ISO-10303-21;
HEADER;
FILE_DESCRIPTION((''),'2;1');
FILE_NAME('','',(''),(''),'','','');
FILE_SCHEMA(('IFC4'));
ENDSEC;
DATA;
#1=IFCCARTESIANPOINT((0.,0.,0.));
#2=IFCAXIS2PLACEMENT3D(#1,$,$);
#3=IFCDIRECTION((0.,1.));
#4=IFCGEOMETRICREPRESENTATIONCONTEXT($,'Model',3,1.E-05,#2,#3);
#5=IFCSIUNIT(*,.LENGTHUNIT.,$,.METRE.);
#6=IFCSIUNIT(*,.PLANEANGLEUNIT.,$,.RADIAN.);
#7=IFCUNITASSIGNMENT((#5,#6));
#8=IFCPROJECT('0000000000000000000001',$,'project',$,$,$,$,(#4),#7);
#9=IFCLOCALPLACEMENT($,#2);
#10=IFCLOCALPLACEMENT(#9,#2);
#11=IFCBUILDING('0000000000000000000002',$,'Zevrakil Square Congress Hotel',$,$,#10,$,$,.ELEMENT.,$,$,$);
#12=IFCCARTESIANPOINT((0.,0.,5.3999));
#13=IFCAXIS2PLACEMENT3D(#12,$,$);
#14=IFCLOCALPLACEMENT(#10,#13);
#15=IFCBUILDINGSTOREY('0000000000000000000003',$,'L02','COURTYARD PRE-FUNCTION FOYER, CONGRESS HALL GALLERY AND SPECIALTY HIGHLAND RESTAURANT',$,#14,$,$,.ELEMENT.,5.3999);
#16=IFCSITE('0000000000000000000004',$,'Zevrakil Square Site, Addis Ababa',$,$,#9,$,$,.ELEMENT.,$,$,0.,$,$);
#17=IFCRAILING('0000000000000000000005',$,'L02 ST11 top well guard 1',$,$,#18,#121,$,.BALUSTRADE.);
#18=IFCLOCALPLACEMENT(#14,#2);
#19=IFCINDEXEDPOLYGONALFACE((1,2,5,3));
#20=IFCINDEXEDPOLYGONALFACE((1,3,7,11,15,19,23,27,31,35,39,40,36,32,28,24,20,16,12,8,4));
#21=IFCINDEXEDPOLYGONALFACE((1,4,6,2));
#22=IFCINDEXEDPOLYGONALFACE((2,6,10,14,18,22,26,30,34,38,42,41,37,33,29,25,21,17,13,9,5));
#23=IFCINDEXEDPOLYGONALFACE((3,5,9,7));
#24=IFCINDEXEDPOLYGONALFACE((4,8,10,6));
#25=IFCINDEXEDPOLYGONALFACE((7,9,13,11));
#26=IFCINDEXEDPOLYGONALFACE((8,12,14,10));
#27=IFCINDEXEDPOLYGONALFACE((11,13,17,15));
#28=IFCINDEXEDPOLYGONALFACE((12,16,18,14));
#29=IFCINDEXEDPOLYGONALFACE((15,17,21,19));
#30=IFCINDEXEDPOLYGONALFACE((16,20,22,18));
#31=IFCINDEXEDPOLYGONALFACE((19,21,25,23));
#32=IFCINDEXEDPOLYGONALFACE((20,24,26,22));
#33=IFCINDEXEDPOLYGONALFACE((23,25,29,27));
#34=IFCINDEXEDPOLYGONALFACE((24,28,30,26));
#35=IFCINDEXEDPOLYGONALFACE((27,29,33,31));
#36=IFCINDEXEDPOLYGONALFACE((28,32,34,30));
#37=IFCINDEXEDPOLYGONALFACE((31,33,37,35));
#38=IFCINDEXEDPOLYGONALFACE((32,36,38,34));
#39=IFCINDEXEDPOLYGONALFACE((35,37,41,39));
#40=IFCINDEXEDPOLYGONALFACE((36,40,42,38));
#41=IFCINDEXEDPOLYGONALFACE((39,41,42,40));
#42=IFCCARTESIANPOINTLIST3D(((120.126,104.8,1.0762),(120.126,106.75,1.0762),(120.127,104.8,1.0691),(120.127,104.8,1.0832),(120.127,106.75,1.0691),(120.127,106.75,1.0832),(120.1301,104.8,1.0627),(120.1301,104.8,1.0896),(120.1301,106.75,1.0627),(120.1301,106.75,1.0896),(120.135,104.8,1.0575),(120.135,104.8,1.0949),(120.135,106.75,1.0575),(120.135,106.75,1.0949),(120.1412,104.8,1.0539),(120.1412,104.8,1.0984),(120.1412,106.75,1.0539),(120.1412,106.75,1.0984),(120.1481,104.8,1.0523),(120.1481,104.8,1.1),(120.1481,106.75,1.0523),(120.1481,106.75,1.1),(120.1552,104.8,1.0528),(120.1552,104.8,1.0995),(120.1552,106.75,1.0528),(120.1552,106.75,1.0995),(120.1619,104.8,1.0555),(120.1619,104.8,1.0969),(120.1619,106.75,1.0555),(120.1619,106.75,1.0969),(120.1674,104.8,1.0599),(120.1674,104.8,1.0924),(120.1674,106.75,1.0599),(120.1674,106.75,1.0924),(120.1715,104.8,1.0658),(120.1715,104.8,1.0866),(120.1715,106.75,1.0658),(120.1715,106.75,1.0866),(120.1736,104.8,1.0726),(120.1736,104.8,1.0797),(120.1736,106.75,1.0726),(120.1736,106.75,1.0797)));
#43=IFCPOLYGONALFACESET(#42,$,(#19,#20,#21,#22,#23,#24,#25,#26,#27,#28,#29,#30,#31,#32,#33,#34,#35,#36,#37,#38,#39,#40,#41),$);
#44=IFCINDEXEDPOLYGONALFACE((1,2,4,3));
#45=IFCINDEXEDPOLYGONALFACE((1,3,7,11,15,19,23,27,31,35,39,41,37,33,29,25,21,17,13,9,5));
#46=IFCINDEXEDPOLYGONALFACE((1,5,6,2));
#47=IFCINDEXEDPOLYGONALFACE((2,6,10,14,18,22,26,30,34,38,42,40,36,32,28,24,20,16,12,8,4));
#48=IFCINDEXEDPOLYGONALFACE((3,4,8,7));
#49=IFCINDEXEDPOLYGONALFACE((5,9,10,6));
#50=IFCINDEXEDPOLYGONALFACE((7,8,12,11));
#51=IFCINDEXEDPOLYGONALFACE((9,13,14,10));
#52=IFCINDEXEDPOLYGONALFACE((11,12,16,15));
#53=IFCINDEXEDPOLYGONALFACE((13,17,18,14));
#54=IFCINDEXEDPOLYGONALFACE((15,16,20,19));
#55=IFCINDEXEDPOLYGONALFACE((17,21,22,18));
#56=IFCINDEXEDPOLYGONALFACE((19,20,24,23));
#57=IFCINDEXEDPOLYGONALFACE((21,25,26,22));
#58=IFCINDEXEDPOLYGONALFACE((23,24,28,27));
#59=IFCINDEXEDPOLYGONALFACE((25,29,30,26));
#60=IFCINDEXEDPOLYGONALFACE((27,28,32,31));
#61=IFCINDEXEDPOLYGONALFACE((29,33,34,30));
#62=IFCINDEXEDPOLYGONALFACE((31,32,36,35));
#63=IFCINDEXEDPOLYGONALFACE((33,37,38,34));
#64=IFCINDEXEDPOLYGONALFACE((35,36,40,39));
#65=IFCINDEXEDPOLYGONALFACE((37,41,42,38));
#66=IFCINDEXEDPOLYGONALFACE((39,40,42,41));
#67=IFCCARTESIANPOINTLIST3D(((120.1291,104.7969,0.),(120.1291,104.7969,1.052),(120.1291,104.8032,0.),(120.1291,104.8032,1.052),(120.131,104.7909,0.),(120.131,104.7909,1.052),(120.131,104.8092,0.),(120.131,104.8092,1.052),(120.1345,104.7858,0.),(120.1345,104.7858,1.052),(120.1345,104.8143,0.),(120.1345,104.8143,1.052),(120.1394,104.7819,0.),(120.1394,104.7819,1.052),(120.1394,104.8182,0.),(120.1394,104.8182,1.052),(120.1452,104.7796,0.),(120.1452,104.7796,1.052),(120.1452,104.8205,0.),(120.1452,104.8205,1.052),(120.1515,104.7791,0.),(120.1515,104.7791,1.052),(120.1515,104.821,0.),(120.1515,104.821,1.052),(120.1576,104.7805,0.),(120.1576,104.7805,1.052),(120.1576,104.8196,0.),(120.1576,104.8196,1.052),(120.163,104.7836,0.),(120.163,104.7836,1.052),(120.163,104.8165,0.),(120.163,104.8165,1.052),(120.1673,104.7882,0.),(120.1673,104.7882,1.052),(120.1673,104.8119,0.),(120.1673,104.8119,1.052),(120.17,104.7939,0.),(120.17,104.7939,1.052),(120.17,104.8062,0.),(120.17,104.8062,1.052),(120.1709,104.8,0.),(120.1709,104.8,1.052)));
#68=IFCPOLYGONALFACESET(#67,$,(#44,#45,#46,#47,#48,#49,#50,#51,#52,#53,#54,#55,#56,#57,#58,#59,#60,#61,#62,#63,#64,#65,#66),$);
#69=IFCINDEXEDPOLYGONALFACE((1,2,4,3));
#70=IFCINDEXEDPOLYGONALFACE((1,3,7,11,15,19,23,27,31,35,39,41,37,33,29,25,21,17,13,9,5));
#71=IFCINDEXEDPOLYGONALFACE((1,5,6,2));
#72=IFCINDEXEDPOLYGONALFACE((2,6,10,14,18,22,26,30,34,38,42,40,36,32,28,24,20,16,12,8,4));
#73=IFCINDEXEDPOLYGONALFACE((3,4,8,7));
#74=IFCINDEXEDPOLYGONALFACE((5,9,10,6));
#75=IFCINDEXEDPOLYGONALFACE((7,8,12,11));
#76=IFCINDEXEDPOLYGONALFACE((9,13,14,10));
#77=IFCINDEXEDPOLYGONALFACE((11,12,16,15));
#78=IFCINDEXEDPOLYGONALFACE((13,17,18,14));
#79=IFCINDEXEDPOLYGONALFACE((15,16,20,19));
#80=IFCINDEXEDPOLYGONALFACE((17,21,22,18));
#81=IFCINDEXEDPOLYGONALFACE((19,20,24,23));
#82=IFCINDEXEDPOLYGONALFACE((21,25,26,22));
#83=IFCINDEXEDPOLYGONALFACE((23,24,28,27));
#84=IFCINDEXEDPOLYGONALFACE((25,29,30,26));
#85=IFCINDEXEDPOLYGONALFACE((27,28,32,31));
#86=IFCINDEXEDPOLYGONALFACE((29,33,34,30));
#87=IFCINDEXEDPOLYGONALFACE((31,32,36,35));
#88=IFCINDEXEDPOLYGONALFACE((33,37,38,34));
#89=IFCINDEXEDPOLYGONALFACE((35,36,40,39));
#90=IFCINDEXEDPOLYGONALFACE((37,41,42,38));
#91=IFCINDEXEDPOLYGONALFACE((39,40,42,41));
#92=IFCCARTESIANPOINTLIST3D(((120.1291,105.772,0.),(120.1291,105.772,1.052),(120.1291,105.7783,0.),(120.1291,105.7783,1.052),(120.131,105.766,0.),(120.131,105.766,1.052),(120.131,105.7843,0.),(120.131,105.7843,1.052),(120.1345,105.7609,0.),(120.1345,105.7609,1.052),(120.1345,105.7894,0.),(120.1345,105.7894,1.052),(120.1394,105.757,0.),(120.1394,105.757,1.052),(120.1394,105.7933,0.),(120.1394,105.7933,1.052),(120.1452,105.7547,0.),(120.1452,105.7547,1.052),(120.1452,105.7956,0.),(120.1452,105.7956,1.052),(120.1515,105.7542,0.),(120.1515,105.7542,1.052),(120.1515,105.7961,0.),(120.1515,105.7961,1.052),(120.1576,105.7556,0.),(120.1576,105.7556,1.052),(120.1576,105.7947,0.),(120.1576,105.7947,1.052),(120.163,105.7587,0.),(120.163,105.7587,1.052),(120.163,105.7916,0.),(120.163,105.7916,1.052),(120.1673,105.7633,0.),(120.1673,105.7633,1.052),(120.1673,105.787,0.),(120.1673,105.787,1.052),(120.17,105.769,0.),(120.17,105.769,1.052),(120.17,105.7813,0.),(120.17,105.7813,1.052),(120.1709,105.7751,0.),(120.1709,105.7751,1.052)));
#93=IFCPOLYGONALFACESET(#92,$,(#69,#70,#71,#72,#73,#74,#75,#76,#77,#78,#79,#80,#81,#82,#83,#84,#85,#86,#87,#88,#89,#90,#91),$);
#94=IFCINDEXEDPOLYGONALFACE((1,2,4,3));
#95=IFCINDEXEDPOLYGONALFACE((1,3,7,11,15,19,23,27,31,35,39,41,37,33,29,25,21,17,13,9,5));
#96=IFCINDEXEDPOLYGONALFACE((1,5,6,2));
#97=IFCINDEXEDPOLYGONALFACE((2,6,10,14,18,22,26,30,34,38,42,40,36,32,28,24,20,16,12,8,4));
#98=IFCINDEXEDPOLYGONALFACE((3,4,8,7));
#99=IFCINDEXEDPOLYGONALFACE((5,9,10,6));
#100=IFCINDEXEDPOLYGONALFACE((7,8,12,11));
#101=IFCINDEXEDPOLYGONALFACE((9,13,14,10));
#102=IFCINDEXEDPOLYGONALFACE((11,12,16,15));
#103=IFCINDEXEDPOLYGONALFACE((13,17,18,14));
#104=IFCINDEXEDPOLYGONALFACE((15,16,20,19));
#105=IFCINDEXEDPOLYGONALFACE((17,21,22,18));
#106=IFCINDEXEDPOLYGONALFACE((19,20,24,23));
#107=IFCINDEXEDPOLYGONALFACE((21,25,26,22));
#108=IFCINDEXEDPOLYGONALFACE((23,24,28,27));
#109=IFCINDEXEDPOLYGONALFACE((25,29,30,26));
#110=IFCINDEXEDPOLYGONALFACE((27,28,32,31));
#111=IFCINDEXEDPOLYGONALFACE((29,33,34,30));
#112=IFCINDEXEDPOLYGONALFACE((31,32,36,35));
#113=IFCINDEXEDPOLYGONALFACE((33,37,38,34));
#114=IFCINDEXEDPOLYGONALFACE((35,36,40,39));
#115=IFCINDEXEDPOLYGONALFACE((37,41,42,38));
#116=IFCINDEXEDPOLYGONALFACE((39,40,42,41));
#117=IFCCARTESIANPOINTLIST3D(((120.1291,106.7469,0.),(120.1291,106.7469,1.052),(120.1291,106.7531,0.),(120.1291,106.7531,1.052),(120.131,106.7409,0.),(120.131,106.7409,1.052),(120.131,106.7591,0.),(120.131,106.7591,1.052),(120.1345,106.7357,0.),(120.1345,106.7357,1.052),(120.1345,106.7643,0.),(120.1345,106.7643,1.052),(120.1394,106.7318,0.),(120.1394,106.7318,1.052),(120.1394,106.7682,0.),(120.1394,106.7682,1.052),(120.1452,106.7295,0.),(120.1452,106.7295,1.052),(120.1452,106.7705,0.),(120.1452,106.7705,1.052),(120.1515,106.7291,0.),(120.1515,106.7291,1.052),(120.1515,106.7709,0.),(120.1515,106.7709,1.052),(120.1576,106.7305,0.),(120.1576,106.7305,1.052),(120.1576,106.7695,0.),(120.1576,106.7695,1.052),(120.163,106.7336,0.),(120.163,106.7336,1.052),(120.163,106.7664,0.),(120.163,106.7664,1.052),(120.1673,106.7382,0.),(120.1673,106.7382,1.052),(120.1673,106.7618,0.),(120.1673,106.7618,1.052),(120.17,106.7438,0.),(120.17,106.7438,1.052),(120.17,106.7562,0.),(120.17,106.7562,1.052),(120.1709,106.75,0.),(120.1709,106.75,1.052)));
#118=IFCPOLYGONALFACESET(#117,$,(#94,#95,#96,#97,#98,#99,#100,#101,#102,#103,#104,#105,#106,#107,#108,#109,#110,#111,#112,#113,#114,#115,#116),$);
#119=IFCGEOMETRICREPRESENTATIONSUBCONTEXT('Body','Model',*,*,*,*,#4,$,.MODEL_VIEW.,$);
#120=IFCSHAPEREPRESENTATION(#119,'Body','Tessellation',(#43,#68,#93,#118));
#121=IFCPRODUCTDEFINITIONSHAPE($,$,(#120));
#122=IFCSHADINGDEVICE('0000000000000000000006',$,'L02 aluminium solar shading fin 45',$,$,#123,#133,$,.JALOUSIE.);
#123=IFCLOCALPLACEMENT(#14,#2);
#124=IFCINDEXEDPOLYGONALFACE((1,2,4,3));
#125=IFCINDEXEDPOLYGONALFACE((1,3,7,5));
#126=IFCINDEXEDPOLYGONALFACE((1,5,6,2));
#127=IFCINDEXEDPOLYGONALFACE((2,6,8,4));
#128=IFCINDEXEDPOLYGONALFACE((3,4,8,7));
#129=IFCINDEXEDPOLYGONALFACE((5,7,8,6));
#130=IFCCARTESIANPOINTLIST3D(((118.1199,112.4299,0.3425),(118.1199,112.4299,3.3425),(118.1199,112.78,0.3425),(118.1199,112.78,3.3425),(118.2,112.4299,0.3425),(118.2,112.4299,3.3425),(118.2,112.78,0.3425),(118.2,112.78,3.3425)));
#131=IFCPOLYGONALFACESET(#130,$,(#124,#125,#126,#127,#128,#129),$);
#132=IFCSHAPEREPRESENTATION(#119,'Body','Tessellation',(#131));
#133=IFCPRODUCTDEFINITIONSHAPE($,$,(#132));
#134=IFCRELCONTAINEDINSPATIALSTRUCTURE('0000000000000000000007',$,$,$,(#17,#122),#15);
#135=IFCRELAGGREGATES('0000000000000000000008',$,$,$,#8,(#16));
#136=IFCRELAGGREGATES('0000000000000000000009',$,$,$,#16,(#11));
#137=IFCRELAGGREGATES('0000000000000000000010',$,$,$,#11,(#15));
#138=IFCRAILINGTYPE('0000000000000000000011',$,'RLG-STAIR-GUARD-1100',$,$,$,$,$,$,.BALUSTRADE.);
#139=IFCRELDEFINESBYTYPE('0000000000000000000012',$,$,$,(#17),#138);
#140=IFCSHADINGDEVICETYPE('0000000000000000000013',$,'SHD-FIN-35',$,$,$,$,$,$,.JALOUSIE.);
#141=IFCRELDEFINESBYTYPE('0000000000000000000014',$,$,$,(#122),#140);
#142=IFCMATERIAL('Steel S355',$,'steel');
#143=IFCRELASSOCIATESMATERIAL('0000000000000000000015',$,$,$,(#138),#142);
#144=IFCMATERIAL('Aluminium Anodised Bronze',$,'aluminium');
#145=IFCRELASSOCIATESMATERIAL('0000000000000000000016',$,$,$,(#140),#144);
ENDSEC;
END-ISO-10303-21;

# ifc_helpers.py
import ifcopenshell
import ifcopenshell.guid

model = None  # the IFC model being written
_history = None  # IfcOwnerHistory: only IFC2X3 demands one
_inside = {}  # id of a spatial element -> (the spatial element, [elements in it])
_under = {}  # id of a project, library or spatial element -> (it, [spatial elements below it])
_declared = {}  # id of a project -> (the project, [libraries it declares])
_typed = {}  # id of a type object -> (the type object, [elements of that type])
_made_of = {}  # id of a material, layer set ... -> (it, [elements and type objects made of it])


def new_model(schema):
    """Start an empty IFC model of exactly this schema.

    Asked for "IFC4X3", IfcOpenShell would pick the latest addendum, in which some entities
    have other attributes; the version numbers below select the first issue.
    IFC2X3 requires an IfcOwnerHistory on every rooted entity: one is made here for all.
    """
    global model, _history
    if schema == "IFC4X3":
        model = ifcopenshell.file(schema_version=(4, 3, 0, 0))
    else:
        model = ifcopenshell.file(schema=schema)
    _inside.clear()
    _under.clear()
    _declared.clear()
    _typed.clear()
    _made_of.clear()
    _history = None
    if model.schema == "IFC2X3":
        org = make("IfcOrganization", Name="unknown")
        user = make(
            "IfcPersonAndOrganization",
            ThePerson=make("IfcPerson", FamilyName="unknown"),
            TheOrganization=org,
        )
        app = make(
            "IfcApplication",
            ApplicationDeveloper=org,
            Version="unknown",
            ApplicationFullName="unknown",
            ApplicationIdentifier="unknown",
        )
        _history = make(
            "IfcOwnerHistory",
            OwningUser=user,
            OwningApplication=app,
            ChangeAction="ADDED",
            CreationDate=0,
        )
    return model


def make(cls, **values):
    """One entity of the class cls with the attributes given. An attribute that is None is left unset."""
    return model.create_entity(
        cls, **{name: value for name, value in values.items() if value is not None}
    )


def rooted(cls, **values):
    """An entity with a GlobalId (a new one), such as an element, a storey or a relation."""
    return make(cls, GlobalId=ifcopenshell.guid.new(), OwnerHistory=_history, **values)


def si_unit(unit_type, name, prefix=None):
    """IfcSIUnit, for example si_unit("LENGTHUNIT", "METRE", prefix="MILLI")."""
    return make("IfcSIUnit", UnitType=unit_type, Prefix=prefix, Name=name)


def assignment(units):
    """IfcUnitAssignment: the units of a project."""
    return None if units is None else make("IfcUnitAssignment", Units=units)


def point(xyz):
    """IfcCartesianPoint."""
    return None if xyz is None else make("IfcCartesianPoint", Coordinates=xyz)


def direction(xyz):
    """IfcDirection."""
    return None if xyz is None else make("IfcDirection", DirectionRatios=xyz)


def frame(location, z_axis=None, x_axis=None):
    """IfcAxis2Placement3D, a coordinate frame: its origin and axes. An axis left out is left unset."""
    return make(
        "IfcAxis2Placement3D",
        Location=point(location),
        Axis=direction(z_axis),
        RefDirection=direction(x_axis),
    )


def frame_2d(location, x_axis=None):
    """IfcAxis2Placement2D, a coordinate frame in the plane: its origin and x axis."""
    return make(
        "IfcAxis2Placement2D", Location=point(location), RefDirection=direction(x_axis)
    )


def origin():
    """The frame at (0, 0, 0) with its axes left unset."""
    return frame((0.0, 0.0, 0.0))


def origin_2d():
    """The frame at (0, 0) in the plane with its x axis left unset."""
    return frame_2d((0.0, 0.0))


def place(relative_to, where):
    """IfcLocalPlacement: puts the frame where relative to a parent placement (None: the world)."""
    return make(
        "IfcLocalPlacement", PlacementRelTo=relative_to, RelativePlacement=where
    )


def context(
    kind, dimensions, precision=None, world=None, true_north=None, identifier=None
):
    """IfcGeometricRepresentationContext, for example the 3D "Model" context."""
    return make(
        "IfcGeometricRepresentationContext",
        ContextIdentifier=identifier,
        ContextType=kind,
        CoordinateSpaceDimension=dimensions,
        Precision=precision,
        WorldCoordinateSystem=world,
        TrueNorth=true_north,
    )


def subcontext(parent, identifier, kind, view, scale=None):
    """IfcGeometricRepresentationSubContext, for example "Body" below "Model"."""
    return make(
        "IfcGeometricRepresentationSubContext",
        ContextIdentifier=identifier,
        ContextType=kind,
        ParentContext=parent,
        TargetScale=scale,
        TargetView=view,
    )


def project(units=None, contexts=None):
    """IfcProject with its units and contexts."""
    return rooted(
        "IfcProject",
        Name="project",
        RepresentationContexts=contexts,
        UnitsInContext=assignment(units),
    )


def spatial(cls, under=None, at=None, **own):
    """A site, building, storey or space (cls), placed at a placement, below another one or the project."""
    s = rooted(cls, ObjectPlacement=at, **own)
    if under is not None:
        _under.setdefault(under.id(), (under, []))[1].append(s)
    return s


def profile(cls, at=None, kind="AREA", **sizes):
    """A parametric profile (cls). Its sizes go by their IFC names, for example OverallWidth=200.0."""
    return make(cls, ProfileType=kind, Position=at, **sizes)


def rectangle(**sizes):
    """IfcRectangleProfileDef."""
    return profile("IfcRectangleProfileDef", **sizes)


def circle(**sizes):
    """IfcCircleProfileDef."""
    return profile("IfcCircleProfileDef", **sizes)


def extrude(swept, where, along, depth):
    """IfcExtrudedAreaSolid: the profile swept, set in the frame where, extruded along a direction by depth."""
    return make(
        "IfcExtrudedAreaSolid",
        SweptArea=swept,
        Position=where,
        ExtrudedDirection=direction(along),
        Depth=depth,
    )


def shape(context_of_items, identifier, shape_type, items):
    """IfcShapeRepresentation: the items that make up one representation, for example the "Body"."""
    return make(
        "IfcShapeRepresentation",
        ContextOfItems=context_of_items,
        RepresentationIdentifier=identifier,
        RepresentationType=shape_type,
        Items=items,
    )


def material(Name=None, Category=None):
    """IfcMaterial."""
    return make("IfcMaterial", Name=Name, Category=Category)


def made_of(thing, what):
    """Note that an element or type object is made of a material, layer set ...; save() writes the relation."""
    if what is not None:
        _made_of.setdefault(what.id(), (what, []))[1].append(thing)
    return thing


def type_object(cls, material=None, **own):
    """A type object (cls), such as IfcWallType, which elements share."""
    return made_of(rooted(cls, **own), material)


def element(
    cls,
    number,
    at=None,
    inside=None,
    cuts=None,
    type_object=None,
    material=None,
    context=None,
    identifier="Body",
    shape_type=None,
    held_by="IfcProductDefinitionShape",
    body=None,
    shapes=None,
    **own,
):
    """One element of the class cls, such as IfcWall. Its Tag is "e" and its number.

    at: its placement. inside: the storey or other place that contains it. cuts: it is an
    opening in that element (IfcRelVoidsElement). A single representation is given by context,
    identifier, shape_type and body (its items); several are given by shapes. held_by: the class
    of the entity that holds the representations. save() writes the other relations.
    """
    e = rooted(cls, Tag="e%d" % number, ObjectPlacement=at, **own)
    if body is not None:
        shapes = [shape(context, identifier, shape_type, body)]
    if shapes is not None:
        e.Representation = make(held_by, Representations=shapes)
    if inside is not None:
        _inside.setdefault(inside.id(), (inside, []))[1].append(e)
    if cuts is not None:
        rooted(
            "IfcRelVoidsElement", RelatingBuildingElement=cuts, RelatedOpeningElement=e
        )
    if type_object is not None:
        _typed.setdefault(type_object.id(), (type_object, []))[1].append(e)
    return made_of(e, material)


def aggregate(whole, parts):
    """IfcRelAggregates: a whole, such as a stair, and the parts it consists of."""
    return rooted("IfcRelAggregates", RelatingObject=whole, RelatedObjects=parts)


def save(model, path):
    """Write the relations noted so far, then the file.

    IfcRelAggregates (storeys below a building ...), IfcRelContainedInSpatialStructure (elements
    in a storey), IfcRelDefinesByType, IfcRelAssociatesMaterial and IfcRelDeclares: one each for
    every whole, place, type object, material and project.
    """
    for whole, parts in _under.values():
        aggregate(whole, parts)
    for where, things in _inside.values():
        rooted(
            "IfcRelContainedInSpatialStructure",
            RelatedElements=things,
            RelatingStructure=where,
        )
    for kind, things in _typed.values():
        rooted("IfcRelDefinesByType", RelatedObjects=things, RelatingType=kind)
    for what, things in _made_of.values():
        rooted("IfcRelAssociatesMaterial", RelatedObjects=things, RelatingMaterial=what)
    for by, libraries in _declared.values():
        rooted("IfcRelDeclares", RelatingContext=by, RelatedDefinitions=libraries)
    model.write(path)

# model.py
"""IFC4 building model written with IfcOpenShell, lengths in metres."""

from ifc_helpers import new_model, si_unit, direction, frame, origin, origin_2d, place, context, subcontext, project, spatial, rectangle, circle, extrude, material, type_object, element, save


model = new_model("IFC4")

# Units and contexts
model_context = context("Model", 3, precision=1e-05, world=origin(), true_north=direction((0.0, 1.0)))
body_context = subcontext(model_context, "Body", "Model", "MODEL_VIEW")
ifc_project = project(units=[si_unit("LENGTHUNIT", "METRE"), si_unit("PLANEANGLEUNIT", "RADIAN")], contexts=[model_context])

# Site, building, storey
site_placement = place(None, origin())
site = spatial("IfcSite", under=ifc_project, at=site_placement, Name="Zevrakil Square Site, Addis Ababa", CompositionType="ELEMENT", RefElevation=0.0)
building_placement = place(site_placement, origin())
building = spatial("IfcBuilding", under=site, at=building_placement, Name="Zevrakil Square Congress Hotel", CompositionType="ELEMENT")
storey_placement = place(building_placement, frame((0.0, 0.0, 5.3999)))
storey = spatial("IfcBuildingStorey", under=building, at=storey_placement, Name="L02", Description="COURTYARD PRE-FUNCTION FOYER, CONGRESS HALL GALLERY AND SPECIALTY HIGHLAND RESTAURANT", CompositionType="ELEMENT", Elevation=5.3999)

# Railing
ifc_material_1 = material(Name="Steel S355", Category="steel")
railing_type = type_object("IfcRailingType", Name="RLG-STAIR-GUARD-1100", PredefinedType="BALUSTRADE", material=ifc_material_1)
railing_placement = place(storey_placement, frame((120.1499, 104.8, 0.0)))
element("IfcRailing", 1, at=railing_placement, inside=storey, type_object=railing_type, Name="L02 ST11 top well guard 1", PredefinedType="BALUSTRADE", context=body_context, shape_type="SweptSolid", body=[
    extrude(circle(Radius=0.0239, at=origin_2d()), frame((0.0, 0.0, 1.0762), z_axis=(0.0, 1.0, 0.0), x_axis=(-1.0, 0.0, 0.0)), (0.0, 0.0, 1.0), 1.95),
    extrude(circle(Radius=0.021, at=origin_2d()), origin(), (0.0, 0.0, 1.0), 1.052),
    extrude(circle(Radius=0.021, at=origin_2d()), frame((0.0, 0.9751, 0.0)), (0.0, 0.0, 1.0), 1.052),
    extrude(circle(Radius=0.021, at=origin_2d()), frame((0.0, 1.95, 0.0)), (0.0, 0.0, 1.0), 1.052),
])

# Shading device
ifc_material_2 = material(Name="Aluminium Anodised Bronze", Category="aluminium")
shading_device_type = type_object("IfcShadingDeviceType", Name="SHD-FIN-35", PredefinedType="JALOUSIE", material=ifc_material_2)
shading_device_placement = place(storey_placement, frame((118.1599, 112.605, 0.3425), z_axis=(0.0, 0.0, 1.0), x_axis=(0.0, -1.0, 0.0)))
element("IfcShadingDevice", 2, at=shading_device_placement, inside=storey, type_object=shading_device_type, Name="L02 aluminium solar shading fin 45", PredefinedType="JALOUSIE", context=body_context, shape_type="SweptSolid", body=[
    extrude(rectangle(XDim=0.3501, YDim=0.0801, at=origin_2d()), origin(), (0.0, 0.0, 1.0), 3.0),
])

save(model, "model.ifc")
